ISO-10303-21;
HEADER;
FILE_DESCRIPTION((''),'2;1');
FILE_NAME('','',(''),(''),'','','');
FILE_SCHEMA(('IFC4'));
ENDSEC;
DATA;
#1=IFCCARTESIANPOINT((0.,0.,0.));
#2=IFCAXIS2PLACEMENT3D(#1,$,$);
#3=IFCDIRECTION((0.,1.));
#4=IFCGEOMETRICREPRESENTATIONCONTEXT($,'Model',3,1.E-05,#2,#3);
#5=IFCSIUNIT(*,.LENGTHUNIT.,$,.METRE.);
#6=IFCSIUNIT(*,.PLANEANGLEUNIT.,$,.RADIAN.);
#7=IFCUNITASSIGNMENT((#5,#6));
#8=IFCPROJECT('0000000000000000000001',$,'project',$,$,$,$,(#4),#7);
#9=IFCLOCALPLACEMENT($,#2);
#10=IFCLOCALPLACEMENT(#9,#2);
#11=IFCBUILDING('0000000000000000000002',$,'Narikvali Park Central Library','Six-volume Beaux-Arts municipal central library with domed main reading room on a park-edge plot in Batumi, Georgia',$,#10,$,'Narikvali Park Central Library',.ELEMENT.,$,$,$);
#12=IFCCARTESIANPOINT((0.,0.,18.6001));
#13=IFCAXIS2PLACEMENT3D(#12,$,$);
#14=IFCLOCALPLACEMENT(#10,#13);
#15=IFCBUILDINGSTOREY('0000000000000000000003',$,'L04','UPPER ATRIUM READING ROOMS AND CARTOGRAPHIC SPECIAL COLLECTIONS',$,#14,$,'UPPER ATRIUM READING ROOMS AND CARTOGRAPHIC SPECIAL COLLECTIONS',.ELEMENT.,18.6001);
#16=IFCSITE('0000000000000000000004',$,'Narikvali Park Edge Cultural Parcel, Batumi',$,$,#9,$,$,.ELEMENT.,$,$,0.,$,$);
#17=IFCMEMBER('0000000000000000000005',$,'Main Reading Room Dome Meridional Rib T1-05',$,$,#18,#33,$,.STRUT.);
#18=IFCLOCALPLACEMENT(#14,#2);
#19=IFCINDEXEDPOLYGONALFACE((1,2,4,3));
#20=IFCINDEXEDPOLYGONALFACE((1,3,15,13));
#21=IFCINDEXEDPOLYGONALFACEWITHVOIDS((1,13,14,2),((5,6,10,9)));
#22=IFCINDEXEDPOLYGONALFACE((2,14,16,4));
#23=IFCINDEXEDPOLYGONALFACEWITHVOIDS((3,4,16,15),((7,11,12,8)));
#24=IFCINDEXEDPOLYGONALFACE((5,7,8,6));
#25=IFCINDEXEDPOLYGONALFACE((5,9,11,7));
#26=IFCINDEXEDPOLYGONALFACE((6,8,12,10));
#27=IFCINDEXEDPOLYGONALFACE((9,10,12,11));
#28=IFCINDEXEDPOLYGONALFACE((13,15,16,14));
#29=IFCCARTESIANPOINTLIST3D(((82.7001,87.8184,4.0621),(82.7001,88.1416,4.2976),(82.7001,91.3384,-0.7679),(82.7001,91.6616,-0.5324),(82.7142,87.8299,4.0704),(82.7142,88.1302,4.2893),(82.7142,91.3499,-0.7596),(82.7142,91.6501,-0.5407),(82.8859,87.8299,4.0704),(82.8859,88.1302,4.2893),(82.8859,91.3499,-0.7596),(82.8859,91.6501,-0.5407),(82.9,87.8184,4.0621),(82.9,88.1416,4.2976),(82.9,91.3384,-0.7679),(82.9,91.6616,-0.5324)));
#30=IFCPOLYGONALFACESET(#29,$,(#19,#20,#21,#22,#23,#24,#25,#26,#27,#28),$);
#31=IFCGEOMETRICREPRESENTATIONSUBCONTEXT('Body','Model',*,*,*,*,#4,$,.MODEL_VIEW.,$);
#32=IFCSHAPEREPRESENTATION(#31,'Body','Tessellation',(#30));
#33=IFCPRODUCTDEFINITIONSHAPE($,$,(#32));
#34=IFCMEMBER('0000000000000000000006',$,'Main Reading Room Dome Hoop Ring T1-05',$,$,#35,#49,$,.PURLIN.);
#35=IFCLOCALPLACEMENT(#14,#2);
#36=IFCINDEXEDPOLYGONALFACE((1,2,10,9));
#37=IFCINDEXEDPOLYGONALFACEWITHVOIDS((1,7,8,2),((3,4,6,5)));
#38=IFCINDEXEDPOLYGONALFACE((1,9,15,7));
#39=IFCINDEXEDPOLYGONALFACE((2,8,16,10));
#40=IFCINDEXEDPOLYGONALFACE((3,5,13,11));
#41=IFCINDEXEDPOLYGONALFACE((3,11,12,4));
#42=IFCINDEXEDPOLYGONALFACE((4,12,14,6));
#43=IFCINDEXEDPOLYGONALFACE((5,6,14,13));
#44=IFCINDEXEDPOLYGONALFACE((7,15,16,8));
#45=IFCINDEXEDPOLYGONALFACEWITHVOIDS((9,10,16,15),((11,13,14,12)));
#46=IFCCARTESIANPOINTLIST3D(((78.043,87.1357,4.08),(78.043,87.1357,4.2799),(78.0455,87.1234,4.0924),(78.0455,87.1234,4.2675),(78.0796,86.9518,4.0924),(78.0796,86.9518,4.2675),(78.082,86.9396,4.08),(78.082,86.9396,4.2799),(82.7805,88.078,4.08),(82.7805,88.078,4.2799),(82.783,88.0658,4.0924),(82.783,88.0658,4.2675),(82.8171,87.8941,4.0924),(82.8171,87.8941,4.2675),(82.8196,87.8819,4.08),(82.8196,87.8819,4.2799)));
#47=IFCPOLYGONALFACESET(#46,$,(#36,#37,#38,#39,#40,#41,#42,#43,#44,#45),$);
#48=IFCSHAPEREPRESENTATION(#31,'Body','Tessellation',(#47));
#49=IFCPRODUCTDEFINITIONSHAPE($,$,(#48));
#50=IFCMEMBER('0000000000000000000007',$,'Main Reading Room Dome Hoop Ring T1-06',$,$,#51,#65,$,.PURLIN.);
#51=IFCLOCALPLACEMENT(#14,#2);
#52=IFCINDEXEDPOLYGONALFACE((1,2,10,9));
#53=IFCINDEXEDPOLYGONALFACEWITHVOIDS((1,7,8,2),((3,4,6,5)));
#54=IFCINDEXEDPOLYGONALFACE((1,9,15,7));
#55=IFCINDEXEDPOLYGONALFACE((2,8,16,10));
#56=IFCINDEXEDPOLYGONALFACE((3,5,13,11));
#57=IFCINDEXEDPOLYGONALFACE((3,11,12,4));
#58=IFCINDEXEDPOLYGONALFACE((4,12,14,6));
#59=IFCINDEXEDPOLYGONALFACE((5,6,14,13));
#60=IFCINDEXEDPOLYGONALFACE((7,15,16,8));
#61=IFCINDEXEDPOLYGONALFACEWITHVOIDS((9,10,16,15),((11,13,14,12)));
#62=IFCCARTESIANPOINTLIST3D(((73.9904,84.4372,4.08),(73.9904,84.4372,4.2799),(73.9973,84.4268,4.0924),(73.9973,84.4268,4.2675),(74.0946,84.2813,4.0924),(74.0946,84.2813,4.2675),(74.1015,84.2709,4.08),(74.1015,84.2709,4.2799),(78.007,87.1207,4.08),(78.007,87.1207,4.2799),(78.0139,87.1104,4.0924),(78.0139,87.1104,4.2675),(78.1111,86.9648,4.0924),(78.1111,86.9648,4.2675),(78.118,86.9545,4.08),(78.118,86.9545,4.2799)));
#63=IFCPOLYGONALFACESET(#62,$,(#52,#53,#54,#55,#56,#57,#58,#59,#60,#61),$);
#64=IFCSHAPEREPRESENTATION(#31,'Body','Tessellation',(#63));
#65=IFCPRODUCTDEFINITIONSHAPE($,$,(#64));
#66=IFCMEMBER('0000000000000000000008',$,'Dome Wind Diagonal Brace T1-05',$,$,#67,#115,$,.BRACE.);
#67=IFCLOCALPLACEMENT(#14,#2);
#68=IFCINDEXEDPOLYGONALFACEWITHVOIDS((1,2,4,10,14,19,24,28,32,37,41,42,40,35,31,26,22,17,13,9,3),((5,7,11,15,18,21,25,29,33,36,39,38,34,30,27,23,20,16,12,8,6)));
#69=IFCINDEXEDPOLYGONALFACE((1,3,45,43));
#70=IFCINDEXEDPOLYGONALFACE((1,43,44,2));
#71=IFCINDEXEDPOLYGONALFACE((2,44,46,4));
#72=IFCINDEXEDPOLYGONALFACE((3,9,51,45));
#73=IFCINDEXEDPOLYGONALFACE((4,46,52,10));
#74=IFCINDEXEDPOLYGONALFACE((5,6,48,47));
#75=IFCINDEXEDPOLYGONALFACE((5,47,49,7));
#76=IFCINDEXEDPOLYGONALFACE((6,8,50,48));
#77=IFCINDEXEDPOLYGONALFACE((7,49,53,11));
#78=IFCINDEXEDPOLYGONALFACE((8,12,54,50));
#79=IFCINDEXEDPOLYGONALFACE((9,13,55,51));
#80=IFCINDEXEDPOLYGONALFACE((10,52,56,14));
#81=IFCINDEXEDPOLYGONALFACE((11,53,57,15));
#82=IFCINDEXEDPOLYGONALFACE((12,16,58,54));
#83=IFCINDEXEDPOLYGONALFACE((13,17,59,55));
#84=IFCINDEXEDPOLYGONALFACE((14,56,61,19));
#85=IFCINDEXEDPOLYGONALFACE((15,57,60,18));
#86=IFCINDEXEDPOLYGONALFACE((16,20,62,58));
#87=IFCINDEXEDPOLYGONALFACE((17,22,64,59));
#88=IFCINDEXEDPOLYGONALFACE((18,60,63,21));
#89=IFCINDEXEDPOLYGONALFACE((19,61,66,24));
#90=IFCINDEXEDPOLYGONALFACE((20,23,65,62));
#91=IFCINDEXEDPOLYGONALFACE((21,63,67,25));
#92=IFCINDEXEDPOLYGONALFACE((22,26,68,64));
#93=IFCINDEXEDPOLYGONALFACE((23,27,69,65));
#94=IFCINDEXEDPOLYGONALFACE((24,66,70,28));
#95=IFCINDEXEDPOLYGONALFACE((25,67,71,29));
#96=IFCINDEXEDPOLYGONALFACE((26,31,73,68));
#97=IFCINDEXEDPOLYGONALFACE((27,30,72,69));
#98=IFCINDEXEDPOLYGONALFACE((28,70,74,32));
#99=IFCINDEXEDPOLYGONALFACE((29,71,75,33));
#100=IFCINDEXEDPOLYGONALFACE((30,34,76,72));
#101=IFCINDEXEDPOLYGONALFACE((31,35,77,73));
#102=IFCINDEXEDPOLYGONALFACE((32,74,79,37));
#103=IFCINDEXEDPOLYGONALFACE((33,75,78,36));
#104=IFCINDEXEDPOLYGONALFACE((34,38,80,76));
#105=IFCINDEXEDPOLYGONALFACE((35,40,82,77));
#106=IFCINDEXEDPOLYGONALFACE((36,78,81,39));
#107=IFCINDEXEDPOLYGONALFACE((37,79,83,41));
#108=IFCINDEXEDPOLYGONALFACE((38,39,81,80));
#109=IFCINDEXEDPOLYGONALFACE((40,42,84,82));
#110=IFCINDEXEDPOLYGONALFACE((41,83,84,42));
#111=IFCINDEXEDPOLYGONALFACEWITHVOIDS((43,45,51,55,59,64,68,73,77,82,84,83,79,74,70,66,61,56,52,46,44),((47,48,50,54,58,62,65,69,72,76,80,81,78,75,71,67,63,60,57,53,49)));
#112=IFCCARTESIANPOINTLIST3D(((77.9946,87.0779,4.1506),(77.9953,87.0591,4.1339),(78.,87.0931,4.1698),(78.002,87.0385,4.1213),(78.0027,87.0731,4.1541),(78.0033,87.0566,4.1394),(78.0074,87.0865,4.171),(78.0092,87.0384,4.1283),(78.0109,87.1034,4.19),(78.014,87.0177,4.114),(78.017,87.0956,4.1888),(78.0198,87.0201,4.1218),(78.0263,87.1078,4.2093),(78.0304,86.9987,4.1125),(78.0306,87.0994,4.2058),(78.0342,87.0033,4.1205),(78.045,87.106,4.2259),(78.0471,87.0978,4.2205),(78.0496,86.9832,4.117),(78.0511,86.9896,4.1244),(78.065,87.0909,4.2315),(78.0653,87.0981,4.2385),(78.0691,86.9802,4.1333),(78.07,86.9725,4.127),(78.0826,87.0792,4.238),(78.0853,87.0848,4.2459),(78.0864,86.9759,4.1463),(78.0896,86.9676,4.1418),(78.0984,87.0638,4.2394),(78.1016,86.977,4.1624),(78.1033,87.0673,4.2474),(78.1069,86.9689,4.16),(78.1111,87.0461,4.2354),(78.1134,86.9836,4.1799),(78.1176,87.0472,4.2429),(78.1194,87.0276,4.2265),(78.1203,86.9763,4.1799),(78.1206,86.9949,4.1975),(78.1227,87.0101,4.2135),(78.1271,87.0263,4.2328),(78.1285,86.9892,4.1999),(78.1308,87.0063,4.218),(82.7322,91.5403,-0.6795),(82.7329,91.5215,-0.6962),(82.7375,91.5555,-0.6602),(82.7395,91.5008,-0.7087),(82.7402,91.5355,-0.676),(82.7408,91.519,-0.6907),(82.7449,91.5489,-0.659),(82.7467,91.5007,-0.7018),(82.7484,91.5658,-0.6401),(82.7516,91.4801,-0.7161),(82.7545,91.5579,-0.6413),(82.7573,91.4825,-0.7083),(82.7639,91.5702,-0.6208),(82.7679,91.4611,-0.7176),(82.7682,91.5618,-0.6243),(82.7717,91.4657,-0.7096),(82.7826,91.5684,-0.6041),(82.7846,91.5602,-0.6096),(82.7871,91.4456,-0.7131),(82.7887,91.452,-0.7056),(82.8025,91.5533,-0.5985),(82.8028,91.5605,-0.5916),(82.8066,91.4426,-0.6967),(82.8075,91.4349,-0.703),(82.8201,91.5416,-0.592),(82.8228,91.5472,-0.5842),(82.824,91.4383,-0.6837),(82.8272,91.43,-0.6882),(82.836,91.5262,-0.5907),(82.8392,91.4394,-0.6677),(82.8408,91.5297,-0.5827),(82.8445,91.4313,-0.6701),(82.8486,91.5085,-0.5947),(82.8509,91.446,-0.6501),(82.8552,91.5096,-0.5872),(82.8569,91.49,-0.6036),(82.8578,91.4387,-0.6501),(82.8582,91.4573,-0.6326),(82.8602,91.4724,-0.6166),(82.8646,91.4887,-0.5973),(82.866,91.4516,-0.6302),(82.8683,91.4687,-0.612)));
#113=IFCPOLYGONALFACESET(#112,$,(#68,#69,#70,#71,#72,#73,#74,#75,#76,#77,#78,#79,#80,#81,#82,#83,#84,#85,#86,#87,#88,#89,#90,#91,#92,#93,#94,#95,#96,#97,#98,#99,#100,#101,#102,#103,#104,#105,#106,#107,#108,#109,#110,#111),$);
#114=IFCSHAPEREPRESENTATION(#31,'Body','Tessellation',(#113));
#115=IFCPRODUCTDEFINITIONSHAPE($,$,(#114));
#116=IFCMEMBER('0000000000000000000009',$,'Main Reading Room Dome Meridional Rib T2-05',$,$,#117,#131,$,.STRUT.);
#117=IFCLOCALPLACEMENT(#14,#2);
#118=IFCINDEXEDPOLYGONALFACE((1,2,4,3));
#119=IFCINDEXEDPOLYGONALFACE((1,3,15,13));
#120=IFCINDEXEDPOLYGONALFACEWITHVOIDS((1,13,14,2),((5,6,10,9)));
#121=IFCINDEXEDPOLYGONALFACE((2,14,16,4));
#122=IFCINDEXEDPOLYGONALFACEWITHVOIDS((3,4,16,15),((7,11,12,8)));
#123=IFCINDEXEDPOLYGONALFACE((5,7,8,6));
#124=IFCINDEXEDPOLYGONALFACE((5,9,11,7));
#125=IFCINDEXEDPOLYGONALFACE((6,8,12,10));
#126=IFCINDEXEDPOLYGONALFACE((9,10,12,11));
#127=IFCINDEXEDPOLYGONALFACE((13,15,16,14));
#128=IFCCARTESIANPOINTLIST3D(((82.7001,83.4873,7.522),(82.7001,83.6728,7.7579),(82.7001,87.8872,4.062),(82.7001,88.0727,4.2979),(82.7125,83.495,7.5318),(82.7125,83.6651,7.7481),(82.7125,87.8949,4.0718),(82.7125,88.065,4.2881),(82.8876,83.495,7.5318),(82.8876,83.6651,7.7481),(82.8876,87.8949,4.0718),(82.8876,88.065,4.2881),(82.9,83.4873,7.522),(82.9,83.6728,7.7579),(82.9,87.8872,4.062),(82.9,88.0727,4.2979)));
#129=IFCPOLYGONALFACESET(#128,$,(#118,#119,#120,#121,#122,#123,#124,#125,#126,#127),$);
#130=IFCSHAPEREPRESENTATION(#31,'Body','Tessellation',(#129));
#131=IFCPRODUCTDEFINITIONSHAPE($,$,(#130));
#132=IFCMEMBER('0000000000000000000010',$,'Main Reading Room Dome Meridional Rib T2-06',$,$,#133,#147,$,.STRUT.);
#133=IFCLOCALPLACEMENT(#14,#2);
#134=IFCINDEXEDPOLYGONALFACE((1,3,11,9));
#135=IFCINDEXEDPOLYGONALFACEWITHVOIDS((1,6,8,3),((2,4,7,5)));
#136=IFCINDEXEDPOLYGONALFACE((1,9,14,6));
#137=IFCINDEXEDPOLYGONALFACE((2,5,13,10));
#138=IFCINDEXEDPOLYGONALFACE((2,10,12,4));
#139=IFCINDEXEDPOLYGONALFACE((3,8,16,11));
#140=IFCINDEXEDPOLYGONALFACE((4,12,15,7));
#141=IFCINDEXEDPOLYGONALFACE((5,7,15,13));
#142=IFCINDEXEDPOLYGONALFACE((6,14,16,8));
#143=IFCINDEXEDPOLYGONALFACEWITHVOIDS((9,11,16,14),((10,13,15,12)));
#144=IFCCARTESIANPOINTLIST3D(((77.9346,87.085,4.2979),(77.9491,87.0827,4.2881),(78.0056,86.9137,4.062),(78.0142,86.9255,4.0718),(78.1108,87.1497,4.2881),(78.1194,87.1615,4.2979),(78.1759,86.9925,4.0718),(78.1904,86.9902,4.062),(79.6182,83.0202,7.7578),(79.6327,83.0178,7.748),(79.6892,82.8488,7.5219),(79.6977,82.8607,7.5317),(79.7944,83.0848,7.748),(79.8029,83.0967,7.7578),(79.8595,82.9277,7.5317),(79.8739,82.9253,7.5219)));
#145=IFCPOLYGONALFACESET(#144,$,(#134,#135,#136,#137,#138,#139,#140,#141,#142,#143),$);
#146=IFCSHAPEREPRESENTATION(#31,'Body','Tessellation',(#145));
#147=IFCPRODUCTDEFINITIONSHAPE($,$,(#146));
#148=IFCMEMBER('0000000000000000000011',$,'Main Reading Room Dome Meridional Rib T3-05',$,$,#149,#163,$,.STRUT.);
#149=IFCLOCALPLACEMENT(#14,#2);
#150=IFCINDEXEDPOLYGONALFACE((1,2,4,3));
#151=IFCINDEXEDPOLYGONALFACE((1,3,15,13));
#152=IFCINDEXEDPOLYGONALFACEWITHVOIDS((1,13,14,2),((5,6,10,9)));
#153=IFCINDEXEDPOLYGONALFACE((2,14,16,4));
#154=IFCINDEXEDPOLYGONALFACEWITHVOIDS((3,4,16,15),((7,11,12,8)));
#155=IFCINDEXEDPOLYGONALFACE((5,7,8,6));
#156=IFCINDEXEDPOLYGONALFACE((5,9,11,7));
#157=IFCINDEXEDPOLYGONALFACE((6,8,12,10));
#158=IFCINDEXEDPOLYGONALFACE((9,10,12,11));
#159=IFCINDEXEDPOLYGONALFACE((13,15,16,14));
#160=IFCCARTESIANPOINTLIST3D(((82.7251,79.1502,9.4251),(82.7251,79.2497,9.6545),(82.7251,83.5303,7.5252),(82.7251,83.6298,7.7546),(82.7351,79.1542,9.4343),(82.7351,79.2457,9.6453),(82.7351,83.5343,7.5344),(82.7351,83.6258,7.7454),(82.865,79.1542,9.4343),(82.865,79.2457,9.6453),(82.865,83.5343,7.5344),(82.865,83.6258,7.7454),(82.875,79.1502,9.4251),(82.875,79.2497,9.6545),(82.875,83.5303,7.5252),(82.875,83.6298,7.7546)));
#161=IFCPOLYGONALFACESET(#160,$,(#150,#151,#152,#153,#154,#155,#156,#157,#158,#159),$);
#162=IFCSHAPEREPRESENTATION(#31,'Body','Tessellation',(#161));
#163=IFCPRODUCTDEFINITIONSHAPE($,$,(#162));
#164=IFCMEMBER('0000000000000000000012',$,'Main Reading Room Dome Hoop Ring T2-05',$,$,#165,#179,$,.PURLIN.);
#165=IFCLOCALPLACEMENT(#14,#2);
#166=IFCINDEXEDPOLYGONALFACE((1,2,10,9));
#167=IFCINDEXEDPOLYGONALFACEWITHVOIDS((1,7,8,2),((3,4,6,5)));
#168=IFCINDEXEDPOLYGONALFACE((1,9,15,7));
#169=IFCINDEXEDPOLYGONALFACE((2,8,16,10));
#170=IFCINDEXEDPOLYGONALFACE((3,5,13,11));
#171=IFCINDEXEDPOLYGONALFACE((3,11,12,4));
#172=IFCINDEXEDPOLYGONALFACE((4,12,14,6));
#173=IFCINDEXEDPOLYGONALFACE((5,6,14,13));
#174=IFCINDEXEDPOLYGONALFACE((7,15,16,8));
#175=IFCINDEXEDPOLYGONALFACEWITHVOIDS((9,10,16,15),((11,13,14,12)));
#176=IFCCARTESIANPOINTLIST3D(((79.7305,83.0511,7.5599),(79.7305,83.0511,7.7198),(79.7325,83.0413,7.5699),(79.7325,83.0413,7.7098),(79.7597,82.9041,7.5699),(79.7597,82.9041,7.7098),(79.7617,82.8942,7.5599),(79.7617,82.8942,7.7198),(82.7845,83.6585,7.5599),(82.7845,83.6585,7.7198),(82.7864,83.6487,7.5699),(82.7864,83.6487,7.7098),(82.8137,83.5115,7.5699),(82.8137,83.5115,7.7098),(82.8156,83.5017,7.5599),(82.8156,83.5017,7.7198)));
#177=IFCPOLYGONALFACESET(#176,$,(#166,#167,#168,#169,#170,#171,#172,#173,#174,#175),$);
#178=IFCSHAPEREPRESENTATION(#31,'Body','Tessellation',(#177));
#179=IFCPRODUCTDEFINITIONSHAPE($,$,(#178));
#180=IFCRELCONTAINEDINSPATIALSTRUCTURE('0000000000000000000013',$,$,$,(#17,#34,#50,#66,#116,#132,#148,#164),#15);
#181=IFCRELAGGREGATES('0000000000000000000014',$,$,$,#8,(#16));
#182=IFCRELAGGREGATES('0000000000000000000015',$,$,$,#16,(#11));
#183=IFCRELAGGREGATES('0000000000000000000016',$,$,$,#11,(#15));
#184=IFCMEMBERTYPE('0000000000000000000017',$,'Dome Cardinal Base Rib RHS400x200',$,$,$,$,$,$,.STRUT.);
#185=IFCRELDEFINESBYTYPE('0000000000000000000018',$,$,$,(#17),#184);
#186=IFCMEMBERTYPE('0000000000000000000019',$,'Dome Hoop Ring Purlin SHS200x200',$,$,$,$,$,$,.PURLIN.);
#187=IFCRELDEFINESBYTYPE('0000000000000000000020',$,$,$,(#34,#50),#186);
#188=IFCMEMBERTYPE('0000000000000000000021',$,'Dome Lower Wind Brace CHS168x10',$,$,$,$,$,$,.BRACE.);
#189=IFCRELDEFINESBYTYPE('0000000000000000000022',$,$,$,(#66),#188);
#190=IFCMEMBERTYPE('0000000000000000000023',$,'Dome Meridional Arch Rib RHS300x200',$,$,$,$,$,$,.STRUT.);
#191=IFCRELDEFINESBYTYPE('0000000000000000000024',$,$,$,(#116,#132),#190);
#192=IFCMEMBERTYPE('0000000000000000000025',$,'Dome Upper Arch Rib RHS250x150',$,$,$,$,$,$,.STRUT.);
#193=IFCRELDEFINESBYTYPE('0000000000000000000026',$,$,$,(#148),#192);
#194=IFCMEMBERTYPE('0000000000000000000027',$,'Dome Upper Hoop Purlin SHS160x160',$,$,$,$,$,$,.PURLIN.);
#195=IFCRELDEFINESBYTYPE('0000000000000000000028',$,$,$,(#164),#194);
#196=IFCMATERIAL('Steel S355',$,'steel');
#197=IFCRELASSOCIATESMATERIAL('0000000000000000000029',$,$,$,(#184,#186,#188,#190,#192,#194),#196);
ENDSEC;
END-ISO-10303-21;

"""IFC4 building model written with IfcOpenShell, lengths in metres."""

from ifc_helpers import new_model, si_unit, direction, frame, origin, origin_2d, place, context, subcontext, project, spatial, hollow_rectangle, hollow_circle, extrude, material, material_profile, profile_set, type_object, element, save


model = new_model("IFC4")

# Units and contexts
model_context = context("Model", 3, precision=1e-05, world=origin(), true_north=direction((0.0, 1.0)))
body_context = subcontext(model_context, "Body", "Model", "MODEL_VIEW")
ifc_project = project(units=[si_unit("LENGTHUNIT", "METRE"), si_unit("PLANEANGLEUNIT", "RADIAN")], contexts=[model_context])

# Site, building, storey
site_placement = place(None, origin())
site = spatial("IfcSite", under=ifc_project, at=site_placement, Name="Narikvali Park Edge Cultural Parcel, Batumi", CompositionType="ELEMENT", RefElevation=0.0)
building_placement = place(site_placement, origin())
building = spatial("IfcBuilding", under=site, at=building_placement, Name="Narikvali Park Central Library", Description="Six-volume Beaux-Arts municipal central library with domed main reading room on a park-edge plot in Batumi, Georgia", LongName="Narikvali Park Central Library", CompositionType="ELEMENT")
storey_placement = place(building_placement, frame((0.0, 0.0, 18.6001)))
storey = spatial("IfcBuildingStorey", under=building, at=storey_placement, Name="L04", Description="UPPER ATRIUM READING ROOMS AND CARTOGRAPHIC SPECIAL COLLECTIONS", LongName="UPPER ATRIUM READING ROOMS AND CARTOGRAPHIC SPECIAL COLLECTIONS", CompositionType="ELEMENT", Elevation=18.6001)

# Shared definitions
ifc_material_1 = material(Name="Steel S355", Category="steel")

# Members
ifc_material_profile_1 = material_profile(ifc_material_1, hollow_rectangle(XDim=0.2, YDim=0.3999, WallThickness=0.0142, at=origin_2d()), Name="RHS 400x200x14.2")
ifc_profile_set_1 = profile_set([ifc_material_profile_1], Name="Steel S355")
member_type_1 = type_object("IfcMemberType", Name="Dome Cardinal Base Rib RHS400x200", PredefinedType="STRUT", material=ifc_profile_set_1)
member_1_placement = place(storey_placement, frame((82.8, 91.5, -0.6501), z_axis=(0.0, -0.588963, 0.80816), x_axis=(1.0, 0.0, 0.0)))
element("IfcMember", 1, at=member_1_placement, inside=storey, type_object=member_type_1, Name="Main Reading Room Dome Meridional Rib T1-05", PredefinedType="STRUT", context=body_context, shape_type="SweptSolid", body=[
    extrude(hollow_rectangle(XDim=0.2, YDim=0.3999, WallThickness=0.0142, at=origin_2d()), origin(), (0.0, 0.0, 1.0), 5.9766),
])
ifc_material_profile_2 = material_profile(ifc_material_1, hollow_rectangle(XDim=0.2, YDim=0.2, WallThickness=0.0125, at=origin_2d()), Name="SHS 200x200x12.5")
ifc_profile_set_2 = profile_set([ifc_material_profile_2], Name="Steel S355")
member_type_2 = type_object("IfcMemberType", Name="Dome Hoop Ring Purlin SHS200x200", PredefinedType="PURLIN", material=ifc_profile_set_2)
member_2_placement = place(storey_placement, frame((82.8, 87.98, 4.1799), z_axis=(-0.980784, -0.195095, 0.0), x_axis=(0.195095, -0.980784, 0.0)))
element("IfcMember", 2, at=member_2_placement, inside=storey, type_object=member_type_2, Name="Main Reading Room Dome Hoop Ring T1-05", PredefinedType="PURLIN", context=body_context, shape_type="SweptSolid", body=[
    extrude(hollow_rectangle(XDim=0.2, YDim=0.2, WallThickness=0.0125, at=origin_2d()), origin(), (0.0, 0.0, 1.0), 4.8303),
])
member_3_placement = place(storey_placement, frame((78.0625, 87.0376, 4.1799), z_axis=(-0.83149, -0.55554, 0.0), x_axis=(0.55554, -0.83149, 0.0)))
element("IfcMember", 3, at=member_3_placement, inside=storey, type_object=member_type_2, Name="Main Reading Room Dome Hoop Ring T1-06", PredefinedType="PURLIN", context=body_context, shape_type="SweptSolid", body=[
    extrude(hollow_rectangle(XDim=0.2, YDim=0.2, WallThickness=0.0125, at=origin_2d()), origin(), (0.0, 0.0, 1.0), 4.8306),
])
ifc_material_profile_3 = material_profile(ifc_material_1, hollow_circle(Radius=0.0842, WallThickness=0.01, at=origin_2d()), Name="CHS 168.3x10")
ifc_profile_set_3 = profile_set([ifc_material_profile_3], Name="Steel S355")
member_type_3 = type_object("IfcMemberType", Name="Dome Lower Wind Brace CHS168x10", PredefinedType="BRACE", material=ifc_profile_set_3)
member_4_placement = place(storey_placement, frame((82.8, 91.5, -0.6501), z_axis=(-0.584539, -0.550591, 0.595956), x_axis=(0.685652, -0.727929, 0.0)))
element("IfcMember", 4, at=member_4_placement, inside=storey, type_object=member_type_3, Name="Dome Wind Diagonal Brace T1-05", PredefinedType="BRACE", context=body_context, shape_type="SweptSolid", body=[
    extrude(hollow_circle(Radius=0.0842, WallThickness=0.01, at=origin_2d()), origin(), (0.0, 0.0, 1.0), 8.1047),
])
ifc_material_profile_4 = material_profile(ifc_material_1, hollow_rectangle(XDim=0.2, YDim=0.3, WallThickness=0.0125, at=origin_2d()), Name="RHS 300x200x12.5")
ifc_profile_set_4 = profile_set([ifc_material_profile_4], Name="Steel S355")
member_type_4 = type_object("IfcMemberType", Name="Dome Meridional Arch Rib RHS300x200", PredefinedType="STRUT", material=ifc_profile_set_4)
member_5_placement = place(storey_placement, frame((82.8, 87.98, 4.1799), z_axis=(0.0, -0.786067, 0.618141), x_axis=(1.0, 0.0, 0.0)))
element("IfcMember", 5, at=member_5_placement, inside=storey, type_object=member_type_4, Name="Main Reading Room Dome Meridional Rib T2-05", PredefinedType="STRUT", context=body_context, shape_type="SweptSolid", body=[
    extrude(hollow_rectangle(XDim=0.2, YDim=0.3, WallThickness=0.0125, at=origin_2d()), origin(), (0.0, 0.0, 1.0), 5.5974),
])
member_6_placement = place(storey_placement, frame((78.0625, 87.0376, 4.1799), z_axis=(0.300788, -0.726235, 0.61815), x_axis=(0.923892, 0.382652, 0.0)))
element("IfcMember", 6, at=member_6_placement, inside=storey, type_object=member_type_4, Name="Main Reading Room Dome Meridional Rib T2-06", PredefinedType="STRUT", context=body_context, shape_type="SweptSolid", body=[
    extrude(hollow_rectangle(XDim=0.2, YDim=0.3, WallThickness=0.0125, at=origin_2d()), origin(), (0.0, 0.0, 1.0), 5.5972),
])
ifc_material_profile_5 = material_profile(ifc_material_1, hollow_rectangle(XDim=0.1499, YDim=0.25, WallThickness=0.01, at=origin_2d()), Name="RHS 250x150x10")
ifc_profile_set_5 = profile_set([ifc_material_profile_5], Name="Steel S355")
member_type_5 = type_object("IfcMemberType", Name="Dome Upper Arch Rib RHS250x150", PredefinedType="STRUT", material=ifc_profile_set_5)
member_7_placement = place(storey_placement, frame((82.8, 83.5801, 7.6399), z_axis=(0.0, -0.917414, 0.397933), x_axis=(1.0, 0.0, 0.0)))
element("IfcMember", 7, at=member_7_placement, inside=storey, type_object=member_type_5, Name="Main Reading Room Dome Meridional Rib T3-05", PredefinedType="STRUT", context=body_context, shape_type="SweptSolid", body=[
    extrude(hollow_rectangle(XDim=0.1499, YDim=0.25, WallThickness=0.01, at=origin_2d()), origin(), (0.0, 0.0, 1.0), 4.7744),
])
ifc_material_profile_6 = material_profile(ifc_material_1, hollow_rectangle(XDim=0.1599, YDim=0.1599, WallThickness=0.01, at=origin_2d()), Name="SHS 160x160x10")
ifc_profile_set_6 = profile_set([ifc_material_profile_6], Name="Steel S355")
member_type_6 = type_object("IfcMemberType", Name="Dome Upper Hoop Purlin SHS160x160", PredefinedType="PURLIN", material=ifc_profile_set_6)
member_8_placement = place(storey_placement, frame((82.8, 83.5801, 7.6399), z_axis=(-0.980788, -0.195076, 0.0), x_axis=(0.195076, -0.980788, 0.0)))
element("IfcMember", 8, at=member_8_placement, inside=storey, type_object=member_type_6, Name="Main Reading Room Dome Hoop Ring T2-05", PredefinedType="PURLIN", context=body_context, shape_type="SweptSolid", body=[
    extrude(hollow_rectangle(XDim=0.1599, YDim=0.1599, WallThickness=0.01, at=origin_2d()), origin(), (0.0, 0.0, 1.0), 3.1138),
])

save(model, "model.ifc")
